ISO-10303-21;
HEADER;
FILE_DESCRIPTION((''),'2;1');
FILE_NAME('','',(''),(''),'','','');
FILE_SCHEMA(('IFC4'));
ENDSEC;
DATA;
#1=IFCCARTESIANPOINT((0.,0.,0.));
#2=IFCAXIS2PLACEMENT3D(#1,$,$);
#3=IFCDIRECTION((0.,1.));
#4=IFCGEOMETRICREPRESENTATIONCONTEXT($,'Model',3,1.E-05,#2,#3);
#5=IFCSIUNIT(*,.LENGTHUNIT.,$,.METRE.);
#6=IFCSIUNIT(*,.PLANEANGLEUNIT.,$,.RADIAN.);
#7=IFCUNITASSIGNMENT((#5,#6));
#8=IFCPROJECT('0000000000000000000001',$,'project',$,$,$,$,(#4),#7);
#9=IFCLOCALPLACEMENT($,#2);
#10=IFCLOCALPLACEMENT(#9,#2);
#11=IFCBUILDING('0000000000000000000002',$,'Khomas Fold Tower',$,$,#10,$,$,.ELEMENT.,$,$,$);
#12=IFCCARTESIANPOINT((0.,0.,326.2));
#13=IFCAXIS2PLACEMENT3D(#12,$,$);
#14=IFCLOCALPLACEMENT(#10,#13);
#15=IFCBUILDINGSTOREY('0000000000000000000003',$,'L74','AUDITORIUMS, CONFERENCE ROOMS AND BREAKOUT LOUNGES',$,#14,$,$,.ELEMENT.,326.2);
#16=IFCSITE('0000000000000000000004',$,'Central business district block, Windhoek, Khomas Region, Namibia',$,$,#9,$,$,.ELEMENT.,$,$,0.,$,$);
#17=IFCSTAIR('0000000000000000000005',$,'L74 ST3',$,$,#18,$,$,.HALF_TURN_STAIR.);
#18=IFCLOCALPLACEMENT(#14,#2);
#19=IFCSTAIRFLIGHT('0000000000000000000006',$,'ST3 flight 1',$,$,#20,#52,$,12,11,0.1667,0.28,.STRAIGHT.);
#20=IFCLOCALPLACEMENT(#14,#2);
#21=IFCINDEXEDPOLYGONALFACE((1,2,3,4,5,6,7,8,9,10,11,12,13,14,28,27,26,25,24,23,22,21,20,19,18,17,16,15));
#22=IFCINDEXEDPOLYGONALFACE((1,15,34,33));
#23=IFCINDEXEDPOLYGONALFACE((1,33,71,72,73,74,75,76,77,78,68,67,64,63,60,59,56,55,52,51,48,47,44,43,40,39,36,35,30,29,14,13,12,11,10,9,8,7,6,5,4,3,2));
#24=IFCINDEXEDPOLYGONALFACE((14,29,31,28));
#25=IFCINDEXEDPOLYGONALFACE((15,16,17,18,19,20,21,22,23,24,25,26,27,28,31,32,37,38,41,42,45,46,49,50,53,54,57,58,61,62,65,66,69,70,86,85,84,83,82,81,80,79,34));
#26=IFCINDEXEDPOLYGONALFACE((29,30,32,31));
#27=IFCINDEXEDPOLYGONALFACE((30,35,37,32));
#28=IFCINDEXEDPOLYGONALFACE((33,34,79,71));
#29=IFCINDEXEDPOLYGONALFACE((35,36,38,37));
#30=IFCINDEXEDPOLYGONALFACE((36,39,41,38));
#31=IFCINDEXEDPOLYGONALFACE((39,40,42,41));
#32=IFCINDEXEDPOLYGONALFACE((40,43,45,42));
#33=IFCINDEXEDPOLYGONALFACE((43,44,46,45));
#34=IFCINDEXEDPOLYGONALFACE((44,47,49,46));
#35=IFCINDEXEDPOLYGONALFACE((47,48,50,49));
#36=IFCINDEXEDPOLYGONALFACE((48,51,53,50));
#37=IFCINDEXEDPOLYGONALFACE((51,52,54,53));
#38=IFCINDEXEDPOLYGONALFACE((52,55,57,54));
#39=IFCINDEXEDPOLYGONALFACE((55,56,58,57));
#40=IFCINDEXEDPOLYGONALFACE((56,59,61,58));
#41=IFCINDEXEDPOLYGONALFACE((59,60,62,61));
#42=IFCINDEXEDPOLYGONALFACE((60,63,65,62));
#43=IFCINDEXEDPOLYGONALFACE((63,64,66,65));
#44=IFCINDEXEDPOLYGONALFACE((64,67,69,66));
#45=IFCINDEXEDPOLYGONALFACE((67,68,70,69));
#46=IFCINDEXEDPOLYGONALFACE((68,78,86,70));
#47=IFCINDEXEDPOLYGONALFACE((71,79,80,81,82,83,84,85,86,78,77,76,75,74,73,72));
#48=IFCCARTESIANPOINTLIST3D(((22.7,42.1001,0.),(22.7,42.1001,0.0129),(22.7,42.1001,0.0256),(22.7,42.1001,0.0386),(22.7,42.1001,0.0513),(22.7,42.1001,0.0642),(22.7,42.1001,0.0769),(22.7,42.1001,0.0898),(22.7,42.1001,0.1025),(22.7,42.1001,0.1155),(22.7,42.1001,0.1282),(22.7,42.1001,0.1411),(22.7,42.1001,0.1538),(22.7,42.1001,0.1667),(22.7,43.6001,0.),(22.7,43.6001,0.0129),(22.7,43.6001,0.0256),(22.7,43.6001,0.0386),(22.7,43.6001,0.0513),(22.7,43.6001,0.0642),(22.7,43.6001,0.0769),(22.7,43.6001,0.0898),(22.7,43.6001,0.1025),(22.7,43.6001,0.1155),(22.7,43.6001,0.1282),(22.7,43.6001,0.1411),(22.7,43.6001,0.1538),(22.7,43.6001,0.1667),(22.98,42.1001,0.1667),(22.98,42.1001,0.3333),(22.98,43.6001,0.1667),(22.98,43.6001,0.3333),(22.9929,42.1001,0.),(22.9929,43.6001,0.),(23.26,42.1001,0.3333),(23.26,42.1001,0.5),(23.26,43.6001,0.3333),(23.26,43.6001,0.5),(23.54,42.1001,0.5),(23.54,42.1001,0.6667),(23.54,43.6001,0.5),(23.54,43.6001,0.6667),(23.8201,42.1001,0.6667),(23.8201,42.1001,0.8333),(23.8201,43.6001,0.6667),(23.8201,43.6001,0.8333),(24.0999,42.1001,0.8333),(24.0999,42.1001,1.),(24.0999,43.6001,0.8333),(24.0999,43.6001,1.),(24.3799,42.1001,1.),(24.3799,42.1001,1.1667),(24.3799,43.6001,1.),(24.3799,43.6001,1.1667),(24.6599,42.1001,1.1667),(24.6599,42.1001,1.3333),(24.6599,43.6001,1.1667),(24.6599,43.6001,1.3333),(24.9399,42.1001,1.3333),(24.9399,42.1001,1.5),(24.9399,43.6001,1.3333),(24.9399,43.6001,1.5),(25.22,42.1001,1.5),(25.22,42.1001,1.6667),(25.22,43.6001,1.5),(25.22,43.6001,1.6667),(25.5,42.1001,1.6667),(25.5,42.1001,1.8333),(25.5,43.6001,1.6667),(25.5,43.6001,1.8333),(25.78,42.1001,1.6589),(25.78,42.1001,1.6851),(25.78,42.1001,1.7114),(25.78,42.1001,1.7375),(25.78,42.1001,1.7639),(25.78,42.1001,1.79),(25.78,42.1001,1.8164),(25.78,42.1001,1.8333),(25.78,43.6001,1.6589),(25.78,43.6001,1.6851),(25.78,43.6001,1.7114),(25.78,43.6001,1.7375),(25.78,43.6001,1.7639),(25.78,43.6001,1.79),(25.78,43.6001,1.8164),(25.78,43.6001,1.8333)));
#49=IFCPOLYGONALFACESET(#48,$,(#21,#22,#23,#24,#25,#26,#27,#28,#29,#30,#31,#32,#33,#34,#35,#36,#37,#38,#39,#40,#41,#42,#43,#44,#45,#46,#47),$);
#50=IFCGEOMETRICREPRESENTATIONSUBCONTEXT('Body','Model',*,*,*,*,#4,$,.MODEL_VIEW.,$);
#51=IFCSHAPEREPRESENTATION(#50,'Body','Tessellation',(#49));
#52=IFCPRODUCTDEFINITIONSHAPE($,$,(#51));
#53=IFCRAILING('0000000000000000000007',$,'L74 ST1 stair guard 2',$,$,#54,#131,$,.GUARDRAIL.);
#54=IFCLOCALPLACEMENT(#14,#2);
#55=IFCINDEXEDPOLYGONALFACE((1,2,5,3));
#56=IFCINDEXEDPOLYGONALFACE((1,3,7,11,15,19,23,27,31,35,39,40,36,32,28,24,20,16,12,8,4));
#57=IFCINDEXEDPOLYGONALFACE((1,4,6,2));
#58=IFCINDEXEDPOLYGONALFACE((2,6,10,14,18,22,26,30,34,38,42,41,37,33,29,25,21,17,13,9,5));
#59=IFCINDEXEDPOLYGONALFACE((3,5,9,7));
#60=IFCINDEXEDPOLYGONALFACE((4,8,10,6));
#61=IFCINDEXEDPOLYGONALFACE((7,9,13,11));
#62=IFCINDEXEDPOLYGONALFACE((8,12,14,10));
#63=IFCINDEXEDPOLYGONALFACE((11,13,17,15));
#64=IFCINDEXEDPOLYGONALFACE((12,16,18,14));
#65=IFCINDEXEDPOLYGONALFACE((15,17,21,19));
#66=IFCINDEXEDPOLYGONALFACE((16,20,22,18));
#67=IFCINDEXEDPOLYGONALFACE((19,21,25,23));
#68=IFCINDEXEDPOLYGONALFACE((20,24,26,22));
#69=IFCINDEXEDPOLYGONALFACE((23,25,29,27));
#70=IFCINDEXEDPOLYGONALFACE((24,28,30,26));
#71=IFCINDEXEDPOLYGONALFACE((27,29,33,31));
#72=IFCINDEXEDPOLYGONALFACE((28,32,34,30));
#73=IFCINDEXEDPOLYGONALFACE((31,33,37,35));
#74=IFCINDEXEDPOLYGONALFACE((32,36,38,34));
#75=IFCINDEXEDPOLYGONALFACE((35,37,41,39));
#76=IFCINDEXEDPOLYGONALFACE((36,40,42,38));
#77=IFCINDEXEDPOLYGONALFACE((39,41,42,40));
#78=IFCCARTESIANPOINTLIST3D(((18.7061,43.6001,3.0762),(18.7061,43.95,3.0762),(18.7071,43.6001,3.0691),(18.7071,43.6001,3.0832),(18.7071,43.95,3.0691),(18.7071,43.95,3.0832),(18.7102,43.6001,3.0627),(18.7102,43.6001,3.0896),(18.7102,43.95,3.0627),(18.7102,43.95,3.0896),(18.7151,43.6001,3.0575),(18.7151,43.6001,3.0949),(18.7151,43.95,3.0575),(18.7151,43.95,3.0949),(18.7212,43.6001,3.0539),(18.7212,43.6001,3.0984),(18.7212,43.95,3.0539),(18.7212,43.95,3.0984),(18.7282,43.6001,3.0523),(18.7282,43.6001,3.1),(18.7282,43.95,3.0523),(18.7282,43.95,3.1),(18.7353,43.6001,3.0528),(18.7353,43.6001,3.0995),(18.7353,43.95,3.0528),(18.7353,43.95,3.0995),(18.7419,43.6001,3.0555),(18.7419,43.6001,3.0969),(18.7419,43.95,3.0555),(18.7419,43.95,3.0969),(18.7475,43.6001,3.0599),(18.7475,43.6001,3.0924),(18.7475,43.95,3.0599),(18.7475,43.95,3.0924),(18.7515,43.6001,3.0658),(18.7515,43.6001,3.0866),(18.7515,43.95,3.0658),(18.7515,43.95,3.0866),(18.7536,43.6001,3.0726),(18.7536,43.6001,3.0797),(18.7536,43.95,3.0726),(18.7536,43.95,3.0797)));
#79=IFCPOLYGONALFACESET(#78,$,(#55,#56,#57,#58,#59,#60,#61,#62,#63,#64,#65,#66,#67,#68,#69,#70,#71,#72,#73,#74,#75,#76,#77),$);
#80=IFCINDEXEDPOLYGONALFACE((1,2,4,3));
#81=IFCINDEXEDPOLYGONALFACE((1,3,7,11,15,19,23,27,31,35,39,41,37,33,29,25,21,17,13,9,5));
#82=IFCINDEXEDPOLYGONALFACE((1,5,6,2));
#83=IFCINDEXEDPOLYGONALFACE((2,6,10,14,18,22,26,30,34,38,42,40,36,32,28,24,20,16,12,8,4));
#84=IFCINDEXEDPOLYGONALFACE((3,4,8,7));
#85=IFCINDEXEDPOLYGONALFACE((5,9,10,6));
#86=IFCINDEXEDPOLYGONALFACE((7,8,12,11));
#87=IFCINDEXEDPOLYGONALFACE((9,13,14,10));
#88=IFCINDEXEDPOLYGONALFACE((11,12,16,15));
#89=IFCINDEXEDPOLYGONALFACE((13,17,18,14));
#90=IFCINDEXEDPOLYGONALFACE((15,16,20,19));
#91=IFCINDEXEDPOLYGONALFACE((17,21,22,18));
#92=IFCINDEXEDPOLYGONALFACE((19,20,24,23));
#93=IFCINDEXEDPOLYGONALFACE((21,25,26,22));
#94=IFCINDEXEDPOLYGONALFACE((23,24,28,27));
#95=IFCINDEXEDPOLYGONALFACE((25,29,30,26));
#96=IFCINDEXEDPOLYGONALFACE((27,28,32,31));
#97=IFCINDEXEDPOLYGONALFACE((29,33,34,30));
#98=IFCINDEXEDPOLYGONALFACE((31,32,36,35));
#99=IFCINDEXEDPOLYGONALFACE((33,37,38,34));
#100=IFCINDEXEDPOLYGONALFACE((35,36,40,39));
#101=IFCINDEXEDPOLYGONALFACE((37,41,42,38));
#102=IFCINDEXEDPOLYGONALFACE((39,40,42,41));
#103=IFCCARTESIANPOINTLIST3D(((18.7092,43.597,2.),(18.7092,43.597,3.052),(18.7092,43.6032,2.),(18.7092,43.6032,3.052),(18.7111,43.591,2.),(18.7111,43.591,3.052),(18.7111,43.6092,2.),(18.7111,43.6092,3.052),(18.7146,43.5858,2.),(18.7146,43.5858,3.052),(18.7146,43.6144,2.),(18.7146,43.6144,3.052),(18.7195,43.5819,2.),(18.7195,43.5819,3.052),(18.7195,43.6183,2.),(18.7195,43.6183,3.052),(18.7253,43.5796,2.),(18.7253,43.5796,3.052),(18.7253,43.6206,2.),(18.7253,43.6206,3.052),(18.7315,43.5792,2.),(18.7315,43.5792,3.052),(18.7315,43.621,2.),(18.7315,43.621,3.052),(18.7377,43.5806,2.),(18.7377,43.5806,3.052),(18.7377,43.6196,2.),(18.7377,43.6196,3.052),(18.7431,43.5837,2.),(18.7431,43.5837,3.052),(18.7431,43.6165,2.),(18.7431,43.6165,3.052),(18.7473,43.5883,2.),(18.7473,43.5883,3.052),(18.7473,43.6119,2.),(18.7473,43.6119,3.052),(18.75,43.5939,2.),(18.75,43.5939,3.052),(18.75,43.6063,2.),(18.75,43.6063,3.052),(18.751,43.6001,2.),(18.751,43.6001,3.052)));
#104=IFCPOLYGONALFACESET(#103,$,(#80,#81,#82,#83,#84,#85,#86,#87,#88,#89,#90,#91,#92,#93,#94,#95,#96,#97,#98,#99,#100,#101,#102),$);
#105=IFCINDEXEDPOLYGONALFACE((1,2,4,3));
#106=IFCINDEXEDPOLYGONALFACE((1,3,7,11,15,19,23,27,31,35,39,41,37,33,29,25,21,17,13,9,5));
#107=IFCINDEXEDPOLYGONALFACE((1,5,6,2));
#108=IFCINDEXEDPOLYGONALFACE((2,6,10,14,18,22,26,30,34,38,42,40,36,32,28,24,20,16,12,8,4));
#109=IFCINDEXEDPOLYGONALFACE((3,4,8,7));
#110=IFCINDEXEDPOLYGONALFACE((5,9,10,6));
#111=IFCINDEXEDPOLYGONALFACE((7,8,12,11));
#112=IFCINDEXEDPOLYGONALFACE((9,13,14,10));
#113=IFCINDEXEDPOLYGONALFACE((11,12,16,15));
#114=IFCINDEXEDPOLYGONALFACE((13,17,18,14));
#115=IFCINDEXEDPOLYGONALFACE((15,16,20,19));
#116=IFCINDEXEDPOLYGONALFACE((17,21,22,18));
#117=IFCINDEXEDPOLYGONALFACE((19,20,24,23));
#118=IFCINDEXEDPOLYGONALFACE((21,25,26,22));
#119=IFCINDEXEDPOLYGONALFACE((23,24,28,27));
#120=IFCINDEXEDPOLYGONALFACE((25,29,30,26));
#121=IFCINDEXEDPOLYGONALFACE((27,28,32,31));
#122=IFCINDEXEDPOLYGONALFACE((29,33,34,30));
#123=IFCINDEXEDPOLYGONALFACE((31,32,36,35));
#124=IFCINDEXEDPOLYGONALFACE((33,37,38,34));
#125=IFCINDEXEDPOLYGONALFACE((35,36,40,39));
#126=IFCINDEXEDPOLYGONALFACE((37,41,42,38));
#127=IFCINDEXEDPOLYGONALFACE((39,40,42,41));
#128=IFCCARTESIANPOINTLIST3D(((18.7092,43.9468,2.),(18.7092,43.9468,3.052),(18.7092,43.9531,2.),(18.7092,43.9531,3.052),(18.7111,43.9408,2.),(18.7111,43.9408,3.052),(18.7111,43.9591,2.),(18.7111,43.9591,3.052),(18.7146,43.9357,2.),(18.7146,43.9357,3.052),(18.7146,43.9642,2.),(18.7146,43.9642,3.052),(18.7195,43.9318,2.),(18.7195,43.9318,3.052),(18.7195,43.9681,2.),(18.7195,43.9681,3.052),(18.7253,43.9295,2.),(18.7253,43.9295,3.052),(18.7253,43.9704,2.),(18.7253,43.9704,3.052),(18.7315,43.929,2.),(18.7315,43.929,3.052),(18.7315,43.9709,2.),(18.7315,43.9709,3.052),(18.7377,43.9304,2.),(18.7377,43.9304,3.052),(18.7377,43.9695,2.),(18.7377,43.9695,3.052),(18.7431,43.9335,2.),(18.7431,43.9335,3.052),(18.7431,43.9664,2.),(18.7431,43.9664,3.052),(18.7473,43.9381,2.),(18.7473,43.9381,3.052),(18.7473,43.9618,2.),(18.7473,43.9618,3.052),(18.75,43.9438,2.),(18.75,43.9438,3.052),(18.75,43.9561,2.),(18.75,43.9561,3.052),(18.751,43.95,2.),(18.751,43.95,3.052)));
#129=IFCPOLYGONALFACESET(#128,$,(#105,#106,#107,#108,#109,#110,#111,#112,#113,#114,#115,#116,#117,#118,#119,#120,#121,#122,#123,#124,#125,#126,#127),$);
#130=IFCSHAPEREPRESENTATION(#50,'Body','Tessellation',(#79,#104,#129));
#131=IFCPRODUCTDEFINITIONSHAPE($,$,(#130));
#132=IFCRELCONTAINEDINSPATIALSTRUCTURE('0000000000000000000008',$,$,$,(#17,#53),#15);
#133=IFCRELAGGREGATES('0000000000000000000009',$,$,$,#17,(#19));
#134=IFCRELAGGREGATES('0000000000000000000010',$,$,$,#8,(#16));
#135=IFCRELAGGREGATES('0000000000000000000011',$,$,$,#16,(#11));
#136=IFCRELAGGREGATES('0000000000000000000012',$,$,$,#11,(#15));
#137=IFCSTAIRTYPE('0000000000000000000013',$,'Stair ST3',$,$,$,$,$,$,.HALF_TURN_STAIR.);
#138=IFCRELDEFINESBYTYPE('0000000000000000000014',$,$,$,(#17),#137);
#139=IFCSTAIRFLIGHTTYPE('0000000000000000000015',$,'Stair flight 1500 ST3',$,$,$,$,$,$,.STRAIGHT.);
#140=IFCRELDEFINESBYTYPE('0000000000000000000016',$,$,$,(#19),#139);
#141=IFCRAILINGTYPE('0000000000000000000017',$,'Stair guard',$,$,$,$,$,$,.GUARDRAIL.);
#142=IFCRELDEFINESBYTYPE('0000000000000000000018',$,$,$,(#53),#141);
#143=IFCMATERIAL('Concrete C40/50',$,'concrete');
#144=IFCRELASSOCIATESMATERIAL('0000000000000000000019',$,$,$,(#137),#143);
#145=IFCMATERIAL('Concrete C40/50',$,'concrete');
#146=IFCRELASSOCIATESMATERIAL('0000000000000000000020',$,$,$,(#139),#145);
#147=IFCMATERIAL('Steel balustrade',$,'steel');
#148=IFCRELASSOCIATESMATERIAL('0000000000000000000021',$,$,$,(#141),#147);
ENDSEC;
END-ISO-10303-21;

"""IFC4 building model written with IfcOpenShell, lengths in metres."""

from ifc_helpers import new_model, si_unit, direction, frame, origin, origin_2d, place, context, subcontext, project, spatial, polyline, circle, outline, extrude, source, transform, mapped, material, type_object, element, aggregate, save


model = new_model("IFC4")

# Units and contexts
model_context = context("Model", 3, precision=1e-05, world=origin(), true_north=direction((0.0, 1.0)))
body_context = subcontext(model_context, "Body", "Model", "MODEL_VIEW")
ifc_project = project(units=[si_unit("LENGTHUNIT", "METRE"), si_unit("PLANEANGLEUNIT", "RADIAN")], contexts=[model_context])

# Site, building, storey
site_placement = place(None, origin())
site = spatial("IfcSite", under=ifc_project, at=site_placement, Name="Central business district block, Windhoek, Khomas Region, Namibia", CompositionType="ELEMENT", RefElevation=0.0)
building_placement = place(site_placement, origin())
building = spatial("IfcBuilding", under=site, at=building_placement, Name="Khomas Fold Tower", CompositionType="ELEMENT")
storey_placement = place(building_placement, frame((0.0, 0.0, 326.2)))
storey = spatial("IfcBuildingStorey", under=building, at=storey_placement, Name="L74", Description="AUDITORIUMS, CONFERENCE ROOMS AND BREAKOUT LOUNGES", CompositionType="ELEMENT", Elevation=326.2)

# Shared definitions
shared_shape_1 = source(origin(), body_context, "Body", "SweptSolid", [
    extrude(outline(polyline([(0.0, 0.0), (0.0, 0.0129), (0.0, 0.0256), (0.0, 0.0386), (0.0, 0.0513), (0.0, 0.0642), (0.0, 0.0769), (0.0, 0.0898), (0.0, 0.1025), (0.0, 0.1155), (0.0, 0.1282), (0.0, 0.1411), (0.0, 0.1538), (0.0, 0.1667), (0.28, 0.1667), (0.28, 0.3333), (0.5601, 0.3333), (0.5601, 0.5), (0.8401, 0.5), (0.8401, 0.6667), (1.1201, 0.6667), (1.1201, 0.8333), (1.3999, 0.8333), (1.3999, 1.0), (1.6799, 1.0), (1.6799, 1.1667), (1.96, 1.1667), (1.96, 1.3333), (2.24, 1.3333), (2.24, 1.5), (2.52, 1.5), (2.52, 1.6667), (2.8, 1.6667), (2.8, 1.8333), (3.0801, 1.8333), (3.0801, 2.0), (3.0801, 1.9739), (3.0801, 1.9475), (3.0801, 1.9214), (3.0801, 1.895), (3.0801, 1.8689), (3.0801, 1.8425), (3.0801, 1.8164), (3.0801, 1.79), (3.0801, 1.7639), (3.0801, 1.7375), (3.0801, 1.7114), (3.0801, 1.6851), (3.0801, 1.6589), (0.293, 0.0), (0.0, 0.0)])), frame((0.0, 0.75, 0.0), z_axis=(0.0, -1.0, 0.0), x_axis=(1.0, 0.0, 0.0)), (0.0, 0.0, 1.0), 1.5),
])

# Stair, stair flight
ifc_material_1 = material(Name="Concrete C40/50", Category="concrete")
stair_type_1 = type_object("IfcStairType", Name="Stair ST3", PredefinedType="HALF_TURN_STAIR", material=ifc_material_1)
stair_1_placement = place(storey_placement, origin())
stair_1 = element("IfcStair", 1, at=stair_1_placement, inside=storey, type_object=stair_type_1, Name="L74 ST3", PredefinedType="HALF_TURN_STAIR")
ifc_material_2 = material(Name="Concrete C40/50", Category="concrete")
stair_flight_type_1 = type_object("IfcStairFlightType", Name="Stair flight 1500 ST3", PredefinedType="STRAIGHT", material=ifc_material_2)
stair_flight_1_placement = place(storey_placement, frame((22.7, 42.8501, 0.0), z_axis=(0.0, 0.0, 1.0), x_axis=(1.0, 0.0, 0.0)))
stair_flight_1 = element("IfcStairFlight", 2, at=stair_flight_1_placement, type_object=stair_flight_type_1, Name="ST3 flight 1", NumberOfRisers=12, NumberOfTreads=11, PredefinedType="STRAIGHT", RiserHeight=0.1667, TreadLength=0.28, context=body_context, shape_type="MappedRepresentation", body=[
    mapped(shared_shape_1, transform((0.0, 0.0, 0.0))),
])
aggregate(stair_1, [stair_flight_1])

# Railing
ifc_material_3 = material(Name="Steel balustrade", Category="steel")
railing_type_1 = type_object("IfcRailingType", Name="Stair guard", PredefinedType="GUARDRAIL", material=ifc_material_3)
shared_shape_2 = source(origin(), body_context, "Body", "SweptSolid", [
    extrude(circle(Radius=0.0239, at=origin_2d()), frame((0.0, 0.0, 1.0762), z_axis=(0.0, 1.0, 0.0), x_axis=(-1.0, 0.0, 0.0)), (0.0, 0.0, 1.0), 0.3499),
    extrude(circle(Radius=0.021, at=origin_2d()), origin(), (0.0, 0.0, 1.0), 1.052),
    extrude(circle(Radius=0.021, at=origin_2d()), frame((0.0, 0.3499, 0.0)), (0.0, 0.0, 1.0), 1.052),
])
for number, where, name in (
    (3, (18.73, 43.6001, 2.0), "L74 ST1 stair guard 2"),
):
    element("IfcRailing", number, at=place(storey_placement, frame(where)), inside=storey, type_object=railing_type_1, Name=name, PredefinedType="GUARDRAIL", context=body_context, shape_type="MappedRepresentation", body=[
        mapped(shared_shape_2, transform((0.0, 0.0, 0.0))),
    ])

save(model, "model.ifc")
